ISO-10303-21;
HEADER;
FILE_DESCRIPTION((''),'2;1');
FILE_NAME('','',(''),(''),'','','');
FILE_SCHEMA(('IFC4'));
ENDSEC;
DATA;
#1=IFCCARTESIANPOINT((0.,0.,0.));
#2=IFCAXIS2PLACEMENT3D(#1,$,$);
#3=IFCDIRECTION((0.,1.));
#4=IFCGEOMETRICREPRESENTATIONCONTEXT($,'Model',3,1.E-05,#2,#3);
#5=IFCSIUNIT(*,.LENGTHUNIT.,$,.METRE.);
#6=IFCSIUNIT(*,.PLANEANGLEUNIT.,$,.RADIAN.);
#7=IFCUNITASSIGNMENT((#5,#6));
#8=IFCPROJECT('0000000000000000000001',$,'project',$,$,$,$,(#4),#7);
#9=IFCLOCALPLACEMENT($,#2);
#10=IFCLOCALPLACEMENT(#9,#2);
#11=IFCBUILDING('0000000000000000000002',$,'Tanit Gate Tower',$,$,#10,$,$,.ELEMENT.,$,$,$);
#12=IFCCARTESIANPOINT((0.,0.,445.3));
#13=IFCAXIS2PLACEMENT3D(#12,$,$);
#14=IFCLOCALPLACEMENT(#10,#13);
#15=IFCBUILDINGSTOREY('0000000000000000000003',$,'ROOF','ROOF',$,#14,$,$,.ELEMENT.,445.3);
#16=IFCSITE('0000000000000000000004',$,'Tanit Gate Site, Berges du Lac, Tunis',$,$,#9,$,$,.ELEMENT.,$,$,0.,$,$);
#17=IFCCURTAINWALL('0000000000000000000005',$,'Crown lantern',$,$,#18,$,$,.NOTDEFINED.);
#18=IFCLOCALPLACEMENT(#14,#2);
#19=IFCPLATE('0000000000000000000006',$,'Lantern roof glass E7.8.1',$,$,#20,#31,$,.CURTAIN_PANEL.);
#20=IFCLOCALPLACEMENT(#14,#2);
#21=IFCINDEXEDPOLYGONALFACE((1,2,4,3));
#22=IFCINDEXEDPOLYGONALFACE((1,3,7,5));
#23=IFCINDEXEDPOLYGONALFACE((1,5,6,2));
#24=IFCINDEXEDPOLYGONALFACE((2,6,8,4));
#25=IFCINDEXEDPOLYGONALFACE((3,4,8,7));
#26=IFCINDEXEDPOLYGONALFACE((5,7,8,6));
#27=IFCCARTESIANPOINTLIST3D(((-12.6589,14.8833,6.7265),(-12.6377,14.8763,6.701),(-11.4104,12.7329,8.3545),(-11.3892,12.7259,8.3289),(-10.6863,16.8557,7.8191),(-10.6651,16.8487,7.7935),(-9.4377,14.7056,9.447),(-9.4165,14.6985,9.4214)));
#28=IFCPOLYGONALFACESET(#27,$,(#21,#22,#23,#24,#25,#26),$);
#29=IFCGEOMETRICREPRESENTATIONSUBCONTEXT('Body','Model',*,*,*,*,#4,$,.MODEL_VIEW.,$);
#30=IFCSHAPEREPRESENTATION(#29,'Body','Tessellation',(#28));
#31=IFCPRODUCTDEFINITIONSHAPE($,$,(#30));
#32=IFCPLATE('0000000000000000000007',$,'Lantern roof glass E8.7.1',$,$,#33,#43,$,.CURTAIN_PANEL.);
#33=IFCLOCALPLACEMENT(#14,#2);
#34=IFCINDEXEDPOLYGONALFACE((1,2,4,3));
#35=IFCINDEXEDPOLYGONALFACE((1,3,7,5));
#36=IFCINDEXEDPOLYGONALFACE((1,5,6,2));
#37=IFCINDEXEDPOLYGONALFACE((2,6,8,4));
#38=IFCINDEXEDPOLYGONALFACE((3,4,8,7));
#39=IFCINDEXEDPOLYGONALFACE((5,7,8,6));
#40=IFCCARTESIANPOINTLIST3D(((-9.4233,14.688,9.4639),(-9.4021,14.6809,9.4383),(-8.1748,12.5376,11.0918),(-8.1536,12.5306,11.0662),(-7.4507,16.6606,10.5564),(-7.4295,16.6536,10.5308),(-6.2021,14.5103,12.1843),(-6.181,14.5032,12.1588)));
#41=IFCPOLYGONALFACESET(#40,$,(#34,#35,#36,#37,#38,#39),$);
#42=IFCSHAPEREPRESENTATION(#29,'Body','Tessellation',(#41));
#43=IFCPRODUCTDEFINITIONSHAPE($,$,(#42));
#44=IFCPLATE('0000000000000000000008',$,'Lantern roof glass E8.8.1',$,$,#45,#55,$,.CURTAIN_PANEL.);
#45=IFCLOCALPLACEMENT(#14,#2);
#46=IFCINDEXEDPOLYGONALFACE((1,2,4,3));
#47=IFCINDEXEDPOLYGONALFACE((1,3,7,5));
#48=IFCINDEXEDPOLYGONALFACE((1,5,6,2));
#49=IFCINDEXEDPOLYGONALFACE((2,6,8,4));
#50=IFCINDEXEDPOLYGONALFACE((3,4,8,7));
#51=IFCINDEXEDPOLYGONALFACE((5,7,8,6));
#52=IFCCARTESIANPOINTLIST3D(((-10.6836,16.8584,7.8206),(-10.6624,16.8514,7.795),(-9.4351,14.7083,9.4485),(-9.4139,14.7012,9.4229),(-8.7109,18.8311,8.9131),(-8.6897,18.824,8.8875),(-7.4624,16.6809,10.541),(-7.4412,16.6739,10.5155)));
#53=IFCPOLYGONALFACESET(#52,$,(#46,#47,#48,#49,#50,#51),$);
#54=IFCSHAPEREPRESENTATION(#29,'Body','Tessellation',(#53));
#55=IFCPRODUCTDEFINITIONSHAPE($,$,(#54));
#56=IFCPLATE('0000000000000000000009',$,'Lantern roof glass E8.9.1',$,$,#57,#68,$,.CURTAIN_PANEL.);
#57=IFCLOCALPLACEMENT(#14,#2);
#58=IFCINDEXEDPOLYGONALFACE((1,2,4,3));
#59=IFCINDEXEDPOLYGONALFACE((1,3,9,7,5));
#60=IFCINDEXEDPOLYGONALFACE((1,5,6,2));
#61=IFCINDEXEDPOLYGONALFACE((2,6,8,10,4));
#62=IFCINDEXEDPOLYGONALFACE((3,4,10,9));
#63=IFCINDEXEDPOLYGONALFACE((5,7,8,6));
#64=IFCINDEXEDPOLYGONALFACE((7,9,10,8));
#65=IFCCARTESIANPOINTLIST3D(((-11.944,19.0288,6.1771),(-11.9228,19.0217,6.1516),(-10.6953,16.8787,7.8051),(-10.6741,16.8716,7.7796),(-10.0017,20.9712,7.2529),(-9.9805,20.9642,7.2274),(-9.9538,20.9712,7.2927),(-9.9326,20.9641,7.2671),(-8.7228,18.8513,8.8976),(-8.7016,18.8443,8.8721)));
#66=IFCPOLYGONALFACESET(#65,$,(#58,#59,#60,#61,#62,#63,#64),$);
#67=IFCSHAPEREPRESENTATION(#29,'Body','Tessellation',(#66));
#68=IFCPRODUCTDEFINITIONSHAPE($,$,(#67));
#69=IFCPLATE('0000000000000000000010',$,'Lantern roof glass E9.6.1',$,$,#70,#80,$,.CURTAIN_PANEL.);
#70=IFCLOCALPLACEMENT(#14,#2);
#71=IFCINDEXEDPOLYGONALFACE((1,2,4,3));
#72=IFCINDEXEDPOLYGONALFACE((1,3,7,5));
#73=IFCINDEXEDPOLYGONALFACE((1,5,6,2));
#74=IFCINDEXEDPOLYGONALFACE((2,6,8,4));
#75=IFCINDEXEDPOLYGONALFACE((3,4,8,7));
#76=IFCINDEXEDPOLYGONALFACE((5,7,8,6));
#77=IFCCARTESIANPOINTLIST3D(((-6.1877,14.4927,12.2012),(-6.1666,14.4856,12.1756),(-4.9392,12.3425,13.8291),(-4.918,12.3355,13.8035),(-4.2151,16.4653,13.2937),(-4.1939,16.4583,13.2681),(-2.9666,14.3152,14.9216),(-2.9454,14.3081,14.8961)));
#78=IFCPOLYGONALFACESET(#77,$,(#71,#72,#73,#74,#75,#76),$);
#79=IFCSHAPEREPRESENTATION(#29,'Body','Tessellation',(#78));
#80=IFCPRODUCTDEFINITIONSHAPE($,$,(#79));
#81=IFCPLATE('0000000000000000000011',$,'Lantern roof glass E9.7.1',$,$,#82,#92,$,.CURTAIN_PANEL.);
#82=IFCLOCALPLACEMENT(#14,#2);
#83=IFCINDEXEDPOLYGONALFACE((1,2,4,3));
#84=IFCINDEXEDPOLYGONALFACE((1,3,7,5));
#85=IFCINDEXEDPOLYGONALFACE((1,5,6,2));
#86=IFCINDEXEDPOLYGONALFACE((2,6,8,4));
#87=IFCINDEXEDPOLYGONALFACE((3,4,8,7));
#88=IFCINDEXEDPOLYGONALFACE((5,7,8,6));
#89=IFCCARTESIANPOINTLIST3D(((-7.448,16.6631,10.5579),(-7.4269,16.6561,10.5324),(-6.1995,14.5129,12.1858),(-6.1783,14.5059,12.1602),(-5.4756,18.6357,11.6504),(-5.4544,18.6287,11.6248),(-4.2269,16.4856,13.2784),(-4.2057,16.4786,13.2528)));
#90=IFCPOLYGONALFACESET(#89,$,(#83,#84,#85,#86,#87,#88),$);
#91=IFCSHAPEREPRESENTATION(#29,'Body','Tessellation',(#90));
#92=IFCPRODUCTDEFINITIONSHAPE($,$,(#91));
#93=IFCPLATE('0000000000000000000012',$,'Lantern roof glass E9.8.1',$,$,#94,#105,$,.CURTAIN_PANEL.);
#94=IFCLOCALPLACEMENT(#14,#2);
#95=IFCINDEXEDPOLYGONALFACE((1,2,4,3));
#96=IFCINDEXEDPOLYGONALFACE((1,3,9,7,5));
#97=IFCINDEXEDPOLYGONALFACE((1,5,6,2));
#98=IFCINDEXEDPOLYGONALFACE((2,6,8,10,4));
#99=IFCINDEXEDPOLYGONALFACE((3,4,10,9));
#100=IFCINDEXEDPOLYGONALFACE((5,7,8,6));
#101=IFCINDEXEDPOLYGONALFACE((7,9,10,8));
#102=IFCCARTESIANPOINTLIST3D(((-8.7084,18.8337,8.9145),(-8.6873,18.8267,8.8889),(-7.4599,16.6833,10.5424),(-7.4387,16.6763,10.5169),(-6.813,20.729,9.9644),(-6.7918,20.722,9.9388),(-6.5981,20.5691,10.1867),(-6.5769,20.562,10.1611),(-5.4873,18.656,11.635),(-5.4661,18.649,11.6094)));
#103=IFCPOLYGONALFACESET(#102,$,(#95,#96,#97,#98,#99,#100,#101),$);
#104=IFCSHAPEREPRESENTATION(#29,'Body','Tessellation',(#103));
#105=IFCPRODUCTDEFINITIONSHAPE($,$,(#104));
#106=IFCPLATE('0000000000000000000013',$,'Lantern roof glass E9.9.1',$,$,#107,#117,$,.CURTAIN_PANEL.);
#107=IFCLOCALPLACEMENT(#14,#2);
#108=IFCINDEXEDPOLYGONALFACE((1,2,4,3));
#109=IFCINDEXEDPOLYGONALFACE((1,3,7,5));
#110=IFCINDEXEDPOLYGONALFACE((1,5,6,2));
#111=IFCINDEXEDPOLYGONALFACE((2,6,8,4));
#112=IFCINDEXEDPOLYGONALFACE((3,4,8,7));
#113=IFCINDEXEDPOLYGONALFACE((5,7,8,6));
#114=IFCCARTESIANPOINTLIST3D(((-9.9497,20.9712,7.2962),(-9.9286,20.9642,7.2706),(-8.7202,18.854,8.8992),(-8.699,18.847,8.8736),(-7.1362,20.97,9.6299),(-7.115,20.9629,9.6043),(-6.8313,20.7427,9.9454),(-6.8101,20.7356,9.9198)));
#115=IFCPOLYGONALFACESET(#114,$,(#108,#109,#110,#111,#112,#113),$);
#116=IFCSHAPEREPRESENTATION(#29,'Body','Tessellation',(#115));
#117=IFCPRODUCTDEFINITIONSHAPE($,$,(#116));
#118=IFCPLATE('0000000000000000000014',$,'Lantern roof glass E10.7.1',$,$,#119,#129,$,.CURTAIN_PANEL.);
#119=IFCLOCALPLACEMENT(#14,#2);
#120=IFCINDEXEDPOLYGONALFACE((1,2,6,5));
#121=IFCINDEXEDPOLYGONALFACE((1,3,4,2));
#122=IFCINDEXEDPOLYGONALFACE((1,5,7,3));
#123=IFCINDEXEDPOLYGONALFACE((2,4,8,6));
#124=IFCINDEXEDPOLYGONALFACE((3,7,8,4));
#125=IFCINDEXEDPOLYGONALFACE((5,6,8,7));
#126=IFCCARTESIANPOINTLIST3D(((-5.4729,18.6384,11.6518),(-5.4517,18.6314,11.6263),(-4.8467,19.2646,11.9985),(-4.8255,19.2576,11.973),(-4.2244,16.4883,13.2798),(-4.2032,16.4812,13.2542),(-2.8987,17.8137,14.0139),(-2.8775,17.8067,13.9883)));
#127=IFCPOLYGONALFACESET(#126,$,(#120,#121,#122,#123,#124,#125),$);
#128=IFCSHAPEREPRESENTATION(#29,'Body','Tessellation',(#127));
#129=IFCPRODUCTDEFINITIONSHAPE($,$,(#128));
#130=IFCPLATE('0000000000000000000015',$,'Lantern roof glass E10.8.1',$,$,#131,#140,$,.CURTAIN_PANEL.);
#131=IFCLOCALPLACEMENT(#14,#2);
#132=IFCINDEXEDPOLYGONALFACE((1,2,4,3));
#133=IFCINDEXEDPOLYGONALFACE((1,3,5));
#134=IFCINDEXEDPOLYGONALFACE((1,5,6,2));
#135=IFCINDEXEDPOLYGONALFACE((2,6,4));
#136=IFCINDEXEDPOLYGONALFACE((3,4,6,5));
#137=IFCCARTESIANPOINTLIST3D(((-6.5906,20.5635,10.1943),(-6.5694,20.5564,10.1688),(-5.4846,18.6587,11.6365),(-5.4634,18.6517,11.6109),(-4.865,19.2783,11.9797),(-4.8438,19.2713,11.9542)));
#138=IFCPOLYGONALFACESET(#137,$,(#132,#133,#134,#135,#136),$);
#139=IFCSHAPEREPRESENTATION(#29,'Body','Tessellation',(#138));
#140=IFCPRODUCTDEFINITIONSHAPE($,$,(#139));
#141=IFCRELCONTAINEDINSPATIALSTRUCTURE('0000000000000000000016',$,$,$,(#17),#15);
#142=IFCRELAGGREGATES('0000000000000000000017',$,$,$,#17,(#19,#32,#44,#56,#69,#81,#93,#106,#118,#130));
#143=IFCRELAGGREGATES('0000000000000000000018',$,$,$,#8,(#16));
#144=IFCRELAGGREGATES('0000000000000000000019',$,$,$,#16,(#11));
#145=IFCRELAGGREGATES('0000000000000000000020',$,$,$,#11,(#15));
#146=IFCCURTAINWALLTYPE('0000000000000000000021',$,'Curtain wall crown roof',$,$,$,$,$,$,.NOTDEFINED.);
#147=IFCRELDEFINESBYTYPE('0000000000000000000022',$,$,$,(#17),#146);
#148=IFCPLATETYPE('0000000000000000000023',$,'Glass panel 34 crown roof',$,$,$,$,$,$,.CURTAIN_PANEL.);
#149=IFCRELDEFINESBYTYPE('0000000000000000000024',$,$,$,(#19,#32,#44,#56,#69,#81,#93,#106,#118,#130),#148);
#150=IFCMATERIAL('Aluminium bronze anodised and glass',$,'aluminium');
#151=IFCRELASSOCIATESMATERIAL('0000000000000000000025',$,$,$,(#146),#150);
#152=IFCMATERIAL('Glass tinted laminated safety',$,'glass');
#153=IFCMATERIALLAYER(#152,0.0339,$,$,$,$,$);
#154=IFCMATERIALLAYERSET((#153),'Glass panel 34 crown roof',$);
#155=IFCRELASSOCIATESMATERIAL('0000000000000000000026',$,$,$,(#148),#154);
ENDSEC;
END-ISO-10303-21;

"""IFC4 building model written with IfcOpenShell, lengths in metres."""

from ifc_helpers import new_model, si_unit, direction, frame, origin, place, context, subcontext, project, spatial, polyline, outline, extrude, material, layer, layer_set, type_object, element, aggregate, save


model = new_model("IFC4")

# Units and contexts
model_context = context("Model", 3, precision=1e-05, world=origin(), true_north=direction((0.0, 1.0)))
body_context = subcontext(model_context, "Body", "Model", "MODEL_VIEW")
ifc_project = project(units=[si_unit("LENGTHUNIT", "METRE"), si_unit("PLANEANGLEUNIT", "RADIAN")], contexts=[model_context])

# Site, building, storey
site_placement = place(None, origin())
site = spatial("IfcSite", under=ifc_project, at=site_placement, Name="Tanit Gate Site, Berges du Lac, Tunis", CompositionType="ELEMENT", RefElevation=0.0)
building_placement = place(site_placement, origin())
building = spatial("IfcBuilding", under=site, at=building_placement, Name="Tanit Gate Tower", CompositionType="ELEMENT")
storey_placement = place(building_placement, frame((0.0, 0.0, 445.3)))
storey = spatial("IfcBuildingStorey", under=building, at=storey_placement, Name="ROOF", Description="ROOF", CompositionType="ELEMENT", Elevation=445.3)

# Curtain wall, plates
ifc_material_1 = material(Name="Aluminium bronze anodised and glass", Category="aluminium")
curtain_wall_type = type_object("IfcCurtainWallType", Name="Curtain wall crown roof", PredefinedType="NOTDEFINED", material=ifc_material_1)
curtain_wall_placement = place(storey_placement, origin())
curtain_wall = element("IfcCurtainWall", 1, at=curtain_wall_placement, inside=storey, type_object=curtain_wall_type, Name="Crown lantern", PredefinedType="NOTDEFINED")
ifc_material_2 = material(Name="Glass tinted laminated safety", Category="glass")
ifc_layer = layer(ifc_material_2, 0.0339)
ifc_layer_set = layer_set([ifc_layer], Name="Glass panel 34 crown roof")
plate_type = type_object("IfcPlateType", Name="Glass panel 34 crown roof", PredefinedType="CURTAIN_PANEL", material=ifc_layer_set)
plate_1_placement = place(storey_placement, frame((-10.6863, 16.8557, 7.8191), z_axis=(-0.624482, 0.207467, 0.75298), x_axis=(-0.658447, -0.658373, -0.364681)))
plate_1 = element("IfcPlate", 2, at=plate_1_placement, type_object=plate_type, Name="Lantern roof glass E7.8.1", PredefinedType="CURTAIN_PANEL", context=body_context, shape_type="SweptSolid", body=[
    extrude(outline(polyline([(0.0, 0.0), (2.9959, 0.0), (2.9959, 2.9721), (-0.0002, 2.9719), (0.0, 0.0)])), origin(), (0.0, 0.0, -1.0), 0.0339),
])
plate_2_placement = place(storey_placement, frame((-7.4507, 16.6606, 10.5564), z_axis=(-0.624484, 0.207456, 0.752982), x_axis=(-0.658417, -0.658417, -0.364656)))
plate_2 = element("IfcPlate", 3, at=plate_2_placement, type_object=plate_type, Name="Lantern roof glass E8.7.1", PredefinedType="CURTAIN_PANEL", context=body_context, shape_type="SweptSolid", body=[
    extrude(outline(polyline([(0.0, 0.0), (2.9961, 0.0), (2.9962, 2.9721), (0.0002, 2.9721), (0.0, 0.0)])), origin(), (0.0, 0.0, -1.0), 0.0339),
])
plate_3_placement = place(storey_placement, frame((-8.7109, 18.8311, 8.9131), z_axis=(-0.624492, 0.207468, 0.752972), x_axis=(-0.658417, -0.658417, -0.364656)))
plate_3 = element("IfcPlate", 4, at=plate_3_placement, type_object=plate_type, Name="Lantern roof glass E8.8.1", PredefinedType="CURTAIN_PANEL", context=body_context, shape_type="SweptSolid", body=[
    extrude(outline(polyline([(0.0, 0.0), (2.9961, 0.0), (2.9961, 2.9719), (0.0, 2.9719), (0.0, 0.0)])), origin(), (0.0, 0.0, -1.0), 0.0339),
])
plate_4_placement = place(storey_placement, frame((-10.0017, 20.9712, 7.2529), z_axis=(-0.624504, 0.207437, 0.75297), x_axis=(-0.658393, -0.658434, -0.364669)))
plate_4 = element("IfcPlate", 5, at=plate_4_placement, type_object=plate_type, Name="Lantern roof glass E8.9.1", PredefinedType="CURTAIN_PANEL", context=body_context, shape_type="SweptSolid", body=[
    extrude(outline(polyline([(0.0, 0.0), (2.9501, 0.0), (2.9499, 2.972), (-0.046, 2.9719), (-0.046, 0.0419), (0.0, 0.0)])), origin(), (0.0, 0.0, -1.0), 0.0339),
])
plate_5_placement = place(storey_placement, frame((-4.2151, 16.4653, 13.2937), z_axis=(-0.624492, 0.207468, 0.752972), x_axis=(-0.658417, -0.658417, -0.364656)))
plate_5 = element("IfcPlate", 6, at=plate_5_placement, type_object=plate_type, Name="Lantern roof glass E9.6.1", PredefinedType="CURTAIN_PANEL", context=body_context, shape_type="SweptSolid", body=[
    extrude(outline(polyline([(0.0, 0.0), (2.9961, 0.0), (2.9961, 2.9719), (0.0, 2.9719), (0.0, 0.0)])), origin(), (0.0, 0.0, -1.0), 0.0339),
])
plate_6_placement = place(storey_placement, frame((-5.4756, 18.6357, 11.6504), z_axis=(-0.624498, 0.207433, 0.752977), x_axis=(-0.658387, -0.658447, -0.364656)))
plate_6 = element("IfcPlate", 7, at=plate_6_placement, type_object=plate_type, Name="Lantern roof glass E9.7.1", PredefinedType="CURTAIN_PANEL", context=body_context, shape_type="SweptSolid", body=[
    extrude(outline(polyline([(0.0, 0.0), (2.9959, 0.0), (2.996, 2.9719), (-0.0001, 2.972), (0.0, 0.0)])), origin(), (0.0, 0.0, -1.0), 0.0339),
])
plate_7_placement = place(storey_placement, frame((-6.813, 20.729, 9.9644), z_axis=(-0.624496, 0.207453, 0.752973), x_axis=(-0.658435, -0.658375, -0.364699)))
plate_7 = element("IfcPlate", 8, at=plate_7_placement, type_object=plate_type, Name="Lantern roof glass E9.8.1", PredefinedType="CURTAIN_PANEL", context=body_context, shape_type="SweptSolid", body=[
    extrude(outline(polyline([(0.0, 0.0), (2.8787, 0.0), (2.8787, 2.9721), (-0.1174, 2.9719), (-0.1173, 0.3278), (0.0, 0.0)])), origin(), (0.0, 0.0, -1.0), 0.0339),
])
plate_8_placement = place(storey_placement, frame((-8.7202, 18.854, 8.8992), z_axis=(-0.624481, 0.207447, 0.752987), x_axis=(0.658441, 0.658374, 0.364689)))
plate_8 = element("IfcPlate", 9, at=plate_8_placement, type_object=plate_type, Name="Lantern roof glass E9.9.1", PredefinedType="CURTAIN_PANEL", context=body_context, shape_type="SweptSolid", body=[
    extrude(outline(polyline([(0.0, 0.0), (2.8687, 0.0), (2.7025, 0.4653), (-0.0003, 2.9264), (0.0, 0.0)])), origin(), (0.0, 0.0, -1.0), 0.0339),
])
plate_9_placement = place(storey_placement, frame((-4.8467, 19.2646, 11.9985), z_axis=(-0.624448, 0.207526, 0.752992), x_axis=(-0.658429, -0.658462, -0.364554)))
plate_9 = element("IfcPlate", 10, at=plate_9_placement, type_object=plate_type, Name="Lantern roof glass E10.7.1", PredefinedType="CURTAIN_PANEL", context=body_context, shape_type="SweptSolid", body=[
    extrude(outline(polyline([(0.0, 0.0), (0.951, 0.0), (0.9513, 2.9719), (-1.062, 2.9722), (0.0, 0.0)])), origin(), (0.0, 0.0, -1.0), 0.0339),
])
plate_10_placement = place(storey_placement, frame((-5.4846, 18.6587, 11.6365), z_axis=(-0.624546, 0.207434, 0.752937), x_axis=(0.658395, 0.658395, 0.364737)))
plate_10 = element("IfcPlate", 11, at=plate_10_placement, type_object=plate_type, Name="Lantern roof glass E10.8.1", PredefinedType="CURTAIN_PANEL", context=body_context, shape_type="SweptSolid", body=[
    extrude(outline(polyline([(0.0, 0.0), (0.9411, 0.0), (-0.0001, 2.6327), (0.0, 0.0)])), origin(), (0.0, 0.0, -1.0), 0.0339),
])
aggregate(curtain_wall, [plate_1, plate_2, plate_3, plate_4, plate_5, plate_6, plate_7, plate_8, plate_9, plate_10])

save(model, "model.ifc")
